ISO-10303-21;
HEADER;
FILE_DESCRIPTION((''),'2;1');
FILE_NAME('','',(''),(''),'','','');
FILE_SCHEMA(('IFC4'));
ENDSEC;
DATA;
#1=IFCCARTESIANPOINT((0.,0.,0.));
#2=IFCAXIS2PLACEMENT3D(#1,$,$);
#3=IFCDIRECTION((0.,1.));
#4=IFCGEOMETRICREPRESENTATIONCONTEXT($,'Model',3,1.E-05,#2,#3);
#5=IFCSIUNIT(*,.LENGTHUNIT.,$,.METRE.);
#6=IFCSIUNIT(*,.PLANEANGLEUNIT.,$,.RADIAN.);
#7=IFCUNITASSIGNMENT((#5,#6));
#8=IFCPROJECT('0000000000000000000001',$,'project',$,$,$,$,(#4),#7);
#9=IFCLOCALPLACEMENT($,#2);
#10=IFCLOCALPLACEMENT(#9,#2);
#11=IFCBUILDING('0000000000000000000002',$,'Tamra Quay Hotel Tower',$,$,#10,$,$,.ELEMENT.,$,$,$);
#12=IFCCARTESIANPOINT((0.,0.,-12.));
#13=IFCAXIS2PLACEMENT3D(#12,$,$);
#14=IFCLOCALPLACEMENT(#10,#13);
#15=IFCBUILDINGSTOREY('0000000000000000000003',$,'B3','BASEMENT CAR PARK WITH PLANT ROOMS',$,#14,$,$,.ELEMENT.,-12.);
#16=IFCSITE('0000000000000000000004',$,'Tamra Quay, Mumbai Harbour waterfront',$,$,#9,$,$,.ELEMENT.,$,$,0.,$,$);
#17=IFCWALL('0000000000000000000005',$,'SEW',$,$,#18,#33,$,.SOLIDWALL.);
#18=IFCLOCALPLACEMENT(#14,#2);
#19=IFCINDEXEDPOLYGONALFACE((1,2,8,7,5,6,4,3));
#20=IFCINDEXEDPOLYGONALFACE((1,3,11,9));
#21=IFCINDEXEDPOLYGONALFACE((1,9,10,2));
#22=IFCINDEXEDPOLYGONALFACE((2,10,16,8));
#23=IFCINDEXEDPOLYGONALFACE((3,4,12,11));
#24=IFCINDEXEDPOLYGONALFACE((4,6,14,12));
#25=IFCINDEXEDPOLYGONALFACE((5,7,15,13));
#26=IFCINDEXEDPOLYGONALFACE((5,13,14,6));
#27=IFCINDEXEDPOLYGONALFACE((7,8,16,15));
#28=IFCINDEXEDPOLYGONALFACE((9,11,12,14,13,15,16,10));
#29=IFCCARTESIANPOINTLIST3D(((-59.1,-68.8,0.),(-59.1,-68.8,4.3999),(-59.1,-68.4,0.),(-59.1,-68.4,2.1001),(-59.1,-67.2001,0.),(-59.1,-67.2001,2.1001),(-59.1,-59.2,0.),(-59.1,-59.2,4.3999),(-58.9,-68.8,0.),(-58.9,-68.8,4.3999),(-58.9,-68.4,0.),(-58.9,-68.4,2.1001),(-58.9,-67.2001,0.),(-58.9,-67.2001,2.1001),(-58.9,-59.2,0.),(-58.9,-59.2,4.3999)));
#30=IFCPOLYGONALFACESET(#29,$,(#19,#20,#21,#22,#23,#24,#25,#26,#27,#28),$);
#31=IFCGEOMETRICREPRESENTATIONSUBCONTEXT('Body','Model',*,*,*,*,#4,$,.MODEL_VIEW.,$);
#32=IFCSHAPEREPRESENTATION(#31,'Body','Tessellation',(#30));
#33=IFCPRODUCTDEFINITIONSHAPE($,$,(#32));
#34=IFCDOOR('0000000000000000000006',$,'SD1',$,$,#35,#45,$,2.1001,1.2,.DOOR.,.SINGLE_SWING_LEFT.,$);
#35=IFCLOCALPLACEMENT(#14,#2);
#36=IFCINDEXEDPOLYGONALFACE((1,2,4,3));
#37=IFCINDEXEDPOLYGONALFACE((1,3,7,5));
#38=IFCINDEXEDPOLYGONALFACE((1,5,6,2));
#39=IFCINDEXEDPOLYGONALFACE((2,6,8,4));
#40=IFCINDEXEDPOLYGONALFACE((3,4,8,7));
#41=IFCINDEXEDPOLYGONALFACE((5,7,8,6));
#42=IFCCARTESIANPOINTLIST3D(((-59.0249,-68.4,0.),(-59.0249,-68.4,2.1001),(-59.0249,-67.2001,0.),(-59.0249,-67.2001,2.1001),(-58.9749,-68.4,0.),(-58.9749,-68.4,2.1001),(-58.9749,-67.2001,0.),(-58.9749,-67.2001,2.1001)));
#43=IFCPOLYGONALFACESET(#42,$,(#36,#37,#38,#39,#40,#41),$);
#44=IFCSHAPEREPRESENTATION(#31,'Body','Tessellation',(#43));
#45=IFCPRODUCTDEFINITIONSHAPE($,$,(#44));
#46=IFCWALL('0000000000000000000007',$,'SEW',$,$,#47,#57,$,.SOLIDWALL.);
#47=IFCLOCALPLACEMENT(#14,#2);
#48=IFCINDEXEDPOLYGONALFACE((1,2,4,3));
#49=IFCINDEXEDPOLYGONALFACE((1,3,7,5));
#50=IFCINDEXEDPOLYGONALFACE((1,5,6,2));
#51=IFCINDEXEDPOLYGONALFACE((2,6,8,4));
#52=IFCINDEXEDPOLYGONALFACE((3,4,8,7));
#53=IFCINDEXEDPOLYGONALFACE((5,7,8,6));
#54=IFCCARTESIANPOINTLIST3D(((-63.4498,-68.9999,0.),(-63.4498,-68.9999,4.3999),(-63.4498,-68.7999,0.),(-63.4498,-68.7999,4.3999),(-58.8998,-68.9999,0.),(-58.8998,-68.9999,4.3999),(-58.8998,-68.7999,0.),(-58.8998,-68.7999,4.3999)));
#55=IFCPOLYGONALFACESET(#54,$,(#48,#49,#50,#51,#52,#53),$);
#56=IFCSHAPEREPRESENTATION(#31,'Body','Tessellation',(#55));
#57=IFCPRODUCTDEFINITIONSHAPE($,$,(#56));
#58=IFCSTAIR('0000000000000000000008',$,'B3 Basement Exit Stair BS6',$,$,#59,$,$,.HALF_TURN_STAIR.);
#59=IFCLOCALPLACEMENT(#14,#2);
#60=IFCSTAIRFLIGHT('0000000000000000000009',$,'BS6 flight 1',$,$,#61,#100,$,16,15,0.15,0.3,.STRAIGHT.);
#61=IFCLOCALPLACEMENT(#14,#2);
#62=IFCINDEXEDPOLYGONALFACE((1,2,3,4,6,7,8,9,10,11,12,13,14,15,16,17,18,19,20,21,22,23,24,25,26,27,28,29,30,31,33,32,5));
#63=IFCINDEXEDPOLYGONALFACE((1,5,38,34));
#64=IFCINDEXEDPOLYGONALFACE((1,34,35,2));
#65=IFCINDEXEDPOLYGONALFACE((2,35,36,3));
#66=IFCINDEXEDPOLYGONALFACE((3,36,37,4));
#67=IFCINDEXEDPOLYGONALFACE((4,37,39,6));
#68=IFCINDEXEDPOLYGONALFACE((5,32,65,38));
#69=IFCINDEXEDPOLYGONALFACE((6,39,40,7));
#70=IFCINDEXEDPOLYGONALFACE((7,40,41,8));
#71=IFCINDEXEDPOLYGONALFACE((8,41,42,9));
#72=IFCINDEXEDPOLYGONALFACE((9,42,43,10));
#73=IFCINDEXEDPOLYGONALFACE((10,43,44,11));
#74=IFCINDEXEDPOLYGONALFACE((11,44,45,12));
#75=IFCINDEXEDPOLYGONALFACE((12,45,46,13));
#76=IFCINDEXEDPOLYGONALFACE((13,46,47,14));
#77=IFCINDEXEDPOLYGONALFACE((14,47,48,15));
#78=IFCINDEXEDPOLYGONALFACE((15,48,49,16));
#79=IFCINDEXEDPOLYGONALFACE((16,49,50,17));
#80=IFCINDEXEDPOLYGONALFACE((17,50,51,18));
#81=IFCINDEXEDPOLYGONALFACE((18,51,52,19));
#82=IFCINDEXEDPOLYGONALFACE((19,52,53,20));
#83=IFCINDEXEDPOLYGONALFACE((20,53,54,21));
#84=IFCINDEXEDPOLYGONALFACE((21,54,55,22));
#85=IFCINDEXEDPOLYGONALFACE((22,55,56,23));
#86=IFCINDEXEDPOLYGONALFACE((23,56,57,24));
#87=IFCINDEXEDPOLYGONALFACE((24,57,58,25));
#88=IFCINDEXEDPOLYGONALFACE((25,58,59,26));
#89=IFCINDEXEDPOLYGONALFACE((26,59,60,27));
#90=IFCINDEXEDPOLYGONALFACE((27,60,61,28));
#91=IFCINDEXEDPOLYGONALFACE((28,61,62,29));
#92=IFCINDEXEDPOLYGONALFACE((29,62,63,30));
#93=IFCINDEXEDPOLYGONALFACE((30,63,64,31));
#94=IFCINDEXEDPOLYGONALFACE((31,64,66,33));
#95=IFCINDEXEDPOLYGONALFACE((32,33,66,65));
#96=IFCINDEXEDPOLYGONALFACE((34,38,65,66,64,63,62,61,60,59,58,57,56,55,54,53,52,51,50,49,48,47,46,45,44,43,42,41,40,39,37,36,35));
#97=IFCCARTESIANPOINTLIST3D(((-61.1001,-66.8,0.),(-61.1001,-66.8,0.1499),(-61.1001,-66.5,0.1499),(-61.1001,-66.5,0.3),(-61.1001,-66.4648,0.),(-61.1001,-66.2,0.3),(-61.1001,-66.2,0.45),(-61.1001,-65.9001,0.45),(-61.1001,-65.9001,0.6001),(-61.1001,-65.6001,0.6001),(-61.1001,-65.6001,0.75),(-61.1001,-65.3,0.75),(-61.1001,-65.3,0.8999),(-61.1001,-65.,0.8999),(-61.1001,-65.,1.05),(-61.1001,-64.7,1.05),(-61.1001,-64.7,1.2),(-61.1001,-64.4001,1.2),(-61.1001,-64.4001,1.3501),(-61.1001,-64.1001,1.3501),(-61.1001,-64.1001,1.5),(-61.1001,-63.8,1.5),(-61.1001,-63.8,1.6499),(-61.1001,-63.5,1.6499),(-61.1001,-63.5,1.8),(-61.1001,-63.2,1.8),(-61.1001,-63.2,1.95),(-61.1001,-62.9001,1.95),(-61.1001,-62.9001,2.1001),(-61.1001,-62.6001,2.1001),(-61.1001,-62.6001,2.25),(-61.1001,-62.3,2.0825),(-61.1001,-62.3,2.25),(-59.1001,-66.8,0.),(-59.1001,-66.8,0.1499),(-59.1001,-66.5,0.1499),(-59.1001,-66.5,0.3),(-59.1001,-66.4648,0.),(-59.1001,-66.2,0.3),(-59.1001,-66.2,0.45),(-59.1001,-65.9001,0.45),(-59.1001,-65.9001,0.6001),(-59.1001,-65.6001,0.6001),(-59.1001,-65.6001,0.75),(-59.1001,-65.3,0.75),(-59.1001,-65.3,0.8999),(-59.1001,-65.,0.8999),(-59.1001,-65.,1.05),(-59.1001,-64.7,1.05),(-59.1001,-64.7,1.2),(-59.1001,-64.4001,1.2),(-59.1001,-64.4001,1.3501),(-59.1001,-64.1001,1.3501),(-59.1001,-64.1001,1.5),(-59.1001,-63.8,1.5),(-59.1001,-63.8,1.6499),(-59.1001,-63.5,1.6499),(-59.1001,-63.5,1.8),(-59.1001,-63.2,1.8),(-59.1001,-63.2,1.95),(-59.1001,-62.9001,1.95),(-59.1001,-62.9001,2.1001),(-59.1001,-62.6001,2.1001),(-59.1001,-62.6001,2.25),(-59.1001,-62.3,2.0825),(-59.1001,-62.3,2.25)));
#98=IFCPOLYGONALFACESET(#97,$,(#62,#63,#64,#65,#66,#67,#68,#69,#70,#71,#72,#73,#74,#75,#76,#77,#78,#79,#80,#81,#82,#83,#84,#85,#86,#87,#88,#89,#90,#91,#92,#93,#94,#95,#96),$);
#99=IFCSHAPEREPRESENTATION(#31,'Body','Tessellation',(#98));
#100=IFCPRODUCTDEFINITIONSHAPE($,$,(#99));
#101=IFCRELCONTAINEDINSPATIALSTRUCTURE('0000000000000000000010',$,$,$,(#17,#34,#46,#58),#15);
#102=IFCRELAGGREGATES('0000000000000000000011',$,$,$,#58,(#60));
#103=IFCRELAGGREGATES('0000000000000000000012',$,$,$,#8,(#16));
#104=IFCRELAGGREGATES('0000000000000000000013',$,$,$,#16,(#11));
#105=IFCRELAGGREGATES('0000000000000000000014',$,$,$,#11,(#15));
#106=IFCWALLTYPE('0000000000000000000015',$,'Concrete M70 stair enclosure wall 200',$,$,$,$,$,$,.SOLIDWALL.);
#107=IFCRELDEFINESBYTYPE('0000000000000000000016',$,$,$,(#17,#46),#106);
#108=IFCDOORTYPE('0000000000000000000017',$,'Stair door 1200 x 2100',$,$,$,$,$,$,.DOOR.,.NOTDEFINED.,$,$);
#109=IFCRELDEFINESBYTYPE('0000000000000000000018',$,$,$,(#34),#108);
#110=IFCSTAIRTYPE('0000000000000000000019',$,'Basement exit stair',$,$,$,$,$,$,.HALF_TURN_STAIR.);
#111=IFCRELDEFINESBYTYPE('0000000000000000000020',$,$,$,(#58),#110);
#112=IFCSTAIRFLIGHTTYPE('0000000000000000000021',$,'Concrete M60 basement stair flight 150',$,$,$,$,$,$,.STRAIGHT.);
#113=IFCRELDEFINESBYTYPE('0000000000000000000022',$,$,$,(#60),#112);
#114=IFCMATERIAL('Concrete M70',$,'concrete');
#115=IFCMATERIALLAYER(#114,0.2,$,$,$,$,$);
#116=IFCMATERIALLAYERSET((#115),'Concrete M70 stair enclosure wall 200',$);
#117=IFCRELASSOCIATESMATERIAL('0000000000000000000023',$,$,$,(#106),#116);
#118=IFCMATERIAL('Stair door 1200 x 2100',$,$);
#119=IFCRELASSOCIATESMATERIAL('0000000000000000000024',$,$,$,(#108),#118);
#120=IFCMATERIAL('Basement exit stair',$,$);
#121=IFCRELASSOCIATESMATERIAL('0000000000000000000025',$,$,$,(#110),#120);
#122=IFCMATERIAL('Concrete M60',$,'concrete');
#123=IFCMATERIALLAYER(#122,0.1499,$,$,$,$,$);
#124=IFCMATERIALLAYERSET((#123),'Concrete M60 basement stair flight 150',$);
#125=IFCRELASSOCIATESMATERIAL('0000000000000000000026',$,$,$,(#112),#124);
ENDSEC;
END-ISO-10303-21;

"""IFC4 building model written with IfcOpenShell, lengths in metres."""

from ifc_helpers import new_model, si_unit, direction, frame, frame_2d, origin, place, context, subcontext, project, spatial, polyline, rectangle, outline, extrude, material, layer, layer_set, type_object, element, fill, aggregate, save


model = new_model("IFC4")

# Units and contexts
model_context = context("Model", 3, precision=1e-05, world=origin(), true_north=direction((0.0, 1.0)))
body_context = subcontext(model_context, "Body", "Model", "MODEL_VIEW")
ifc_project = project(units=[si_unit("LENGTHUNIT", "METRE"), si_unit("PLANEANGLEUNIT", "RADIAN")], contexts=[model_context])

# Site, building, storey
site_placement = place(None, origin())
site = spatial("IfcSite", under=ifc_project, at=site_placement, Name="Tamra Quay, Mumbai Harbour waterfront", CompositionType="ELEMENT", RefElevation=0.0)
building_placement = place(site_placement, origin())
building = spatial("IfcBuilding", under=site, at=building_placement, Name="Tamra Quay Hotel Tower", CompositionType="ELEMENT")
storey_placement = place(building_placement, frame((0.0, 0.0, -12.0)))
storey = spatial("IfcBuildingStorey", under=building, at=storey_placement, Name="B3", Description="BASEMENT CAR PARK WITH PLANT ROOMS", CompositionType="ELEMENT", Elevation=-12.0)

# Shared definitions
ifc_material_1 = material(Name="Concrete M70", Category="concrete")

# Wall, opening, door
ifc_layer_1 = layer(ifc_material_1, 0.2)
ifc_layer_set_1 = layer_set([ifc_layer_1], Name="Concrete M70 stair enclosure wall 200")
wall_type_1 = type_object("IfcWallType", Name="Concrete M70 stair enclosure wall 200", PredefinedType="SOLIDWALL", material=ifc_layer_set_1)
wall_1_placement = place(storey_placement, frame((-59.0, -68.8, 0.0), z_axis=(0.0, 0.0, 1.0), x_axis=(0.0, 1.0, 0.0)))
wall_1 = element("IfcWall", 1, at=wall_1_placement, inside=storey, type_object=wall_type_1, Name="SEW", PredefinedType="SOLIDWALL", context=body_context, shape_type="SweptSolid", body=[
    extrude(rectangle(XDim=9.6001, YDim=0.2, at=frame_2d((4.8, 0.0))), origin(), (0.0, 0.0, 1.0), 4.3999),
])
opening_1_placement = place(wall_1_placement, frame((0.3999, 0.0, 0.0)))
opening_1 = element("IfcOpeningElement", 2, at=opening_1_placement, cuts=wall_1, PredefinedType="OPENING", context=body_context, shape_type="SweptSolid", body=[
    extrude(rectangle(XDim=1.2, YDim=2.1001, at=frame_2d((0.6001, 1.05))), frame((0.0, 0.1099, 0.0), z_axis=(0.0, -1.0, 0.0), x_axis=(1.0, 0.0, 0.0)), (0.0, 0.0, 1.0), 0.22),
])
ifc_material_2 = material(Name="Stair door 1200 x 2100")
door_type_1 = type_object("IfcDoorType", Name="Stair door 1200 x 2100", OperationType="NOTDEFINED", PredefinedType="DOOR", material=ifc_material_2)
door_1_placement = place(opening_1_placement, origin())
door_1 = element("IfcDoor", 3, at=door_1_placement, inside=storey, type_object=door_type_1, Name="SD1", OperationType="SINGLE_SWING_LEFT", OverallHeight=2.1001, OverallWidth=1.2, PredefinedType="DOOR", context=body_context, shape_type="SweptSolid", body=[
    extrude(rectangle(XDim=1.2, YDim=2.1001, at=frame_2d((0.6001, 1.05))), frame((0.0, 0.0249, 0.0), z_axis=(0.0, -1.0, 0.0), x_axis=(1.0, 0.0, 0.0)), (0.0, 0.0, 1.0), 0.05),
])
fill(opening_1, door_1)

# Wall
wall_2_placement = place(storey_placement, frame((-58.8999, -68.8999, 0.0), z_axis=(0.0, 0.0, 1.0), x_axis=(-1.0, 0.0, 0.0)))
element("IfcWall", 4, at=wall_2_placement, inside=storey, type_object=wall_type_1, Name="SEW", PredefinedType="SOLIDWALL", context=body_context, shape_type="SweptSolid", body=[
    extrude(rectangle(XDim=4.55, YDim=0.2, at=frame_2d((2.2749, 0.0))), origin(), (0.0, 0.0, 1.0), 4.3999),
])

# Stair, stair flight
ifc_material_3 = material(Name="Basement exit stair")
stair_type = type_object("IfcStairType", Name="Basement exit stair", PredefinedType="HALF_TURN_STAIR", material=ifc_material_3)
stair_placement = place(storey_placement, origin())
stair = element("IfcStair", 5, at=stair_placement, inside=storey, type_object=stair_type, Name="B3 Basement Exit Stair BS6", PredefinedType="HALF_TURN_STAIR")
ifc_material_4 = material(Name="Concrete M60", Category="concrete")
ifc_layer_2 = layer(ifc_material_4, 0.1499)
ifc_layer_set_2 = layer_set([ifc_layer_2], Name="Concrete M60 basement stair flight 150")
stair_flight_type = type_object("IfcStairFlightType", Name="Concrete M60 basement stair flight 150", PredefinedType="STRAIGHT", material=ifc_layer_set_2)
stair_flight_placement = place(storey_placement, frame((-60.1001, -66.8, 0.0), z_axis=(0.0, 0.0, 1.0), x_axis=(0.0, 1.0, 0.0)))
stair_flight = element("IfcStairFlight", 6, at=stair_flight_placement, type_object=stair_flight_type, Name="BS6 flight 1", NumberOfRisers=16, NumberOfTreads=15, PredefinedType="STRAIGHT", RiserHeight=0.15, TreadLength=0.3, context=body_context, shape_type="SweptSolid", body=[
    extrude(outline(polyline([(0.0, 0.0), (0.0, 0.1499), (0.3, 0.1499), (0.3, 0.3), (0.6001, 0.3), (0.6001, 0.45), (0.8999, 0.45), (0.8999, 0.6001), (1.2, 0.6001), (1.2, 0.75), (1.5, 0.75), (1.5, 0.8999), (1.8, 0.8999), (1.8, 1.05), (2.1001, 1.05), (2.1001, 1.2), (2.3999, 1.2), (2.3999, 1.3501), (2.7, 1.3501), (2.7, 1.5), (3.0, 1.5), (3.0, 1.6499), (3.3, 1.6499), (3.3, 1.8), (3.6001, 1.8), (3.6001, 1.95), (3.8999, 1.95), (3.8999, 2.1001), (4.2, 2.1001), (4.2, 2.25), (4.5, 2.25), (4.5, 2.3999), (4.5, 2.0825), (0.3352, 0.0), (0.0, 0.0)])), frame((0.0, 1.0, 0.0), z_axis=(0.0, -1.0, 0.0), x_axis=(1.0, 0.0, 0.0)), (0.0, 0.0, 1.0), 2.0),
])
aggregate(stair, [stair_flight])

save(model, "model.ifc")
